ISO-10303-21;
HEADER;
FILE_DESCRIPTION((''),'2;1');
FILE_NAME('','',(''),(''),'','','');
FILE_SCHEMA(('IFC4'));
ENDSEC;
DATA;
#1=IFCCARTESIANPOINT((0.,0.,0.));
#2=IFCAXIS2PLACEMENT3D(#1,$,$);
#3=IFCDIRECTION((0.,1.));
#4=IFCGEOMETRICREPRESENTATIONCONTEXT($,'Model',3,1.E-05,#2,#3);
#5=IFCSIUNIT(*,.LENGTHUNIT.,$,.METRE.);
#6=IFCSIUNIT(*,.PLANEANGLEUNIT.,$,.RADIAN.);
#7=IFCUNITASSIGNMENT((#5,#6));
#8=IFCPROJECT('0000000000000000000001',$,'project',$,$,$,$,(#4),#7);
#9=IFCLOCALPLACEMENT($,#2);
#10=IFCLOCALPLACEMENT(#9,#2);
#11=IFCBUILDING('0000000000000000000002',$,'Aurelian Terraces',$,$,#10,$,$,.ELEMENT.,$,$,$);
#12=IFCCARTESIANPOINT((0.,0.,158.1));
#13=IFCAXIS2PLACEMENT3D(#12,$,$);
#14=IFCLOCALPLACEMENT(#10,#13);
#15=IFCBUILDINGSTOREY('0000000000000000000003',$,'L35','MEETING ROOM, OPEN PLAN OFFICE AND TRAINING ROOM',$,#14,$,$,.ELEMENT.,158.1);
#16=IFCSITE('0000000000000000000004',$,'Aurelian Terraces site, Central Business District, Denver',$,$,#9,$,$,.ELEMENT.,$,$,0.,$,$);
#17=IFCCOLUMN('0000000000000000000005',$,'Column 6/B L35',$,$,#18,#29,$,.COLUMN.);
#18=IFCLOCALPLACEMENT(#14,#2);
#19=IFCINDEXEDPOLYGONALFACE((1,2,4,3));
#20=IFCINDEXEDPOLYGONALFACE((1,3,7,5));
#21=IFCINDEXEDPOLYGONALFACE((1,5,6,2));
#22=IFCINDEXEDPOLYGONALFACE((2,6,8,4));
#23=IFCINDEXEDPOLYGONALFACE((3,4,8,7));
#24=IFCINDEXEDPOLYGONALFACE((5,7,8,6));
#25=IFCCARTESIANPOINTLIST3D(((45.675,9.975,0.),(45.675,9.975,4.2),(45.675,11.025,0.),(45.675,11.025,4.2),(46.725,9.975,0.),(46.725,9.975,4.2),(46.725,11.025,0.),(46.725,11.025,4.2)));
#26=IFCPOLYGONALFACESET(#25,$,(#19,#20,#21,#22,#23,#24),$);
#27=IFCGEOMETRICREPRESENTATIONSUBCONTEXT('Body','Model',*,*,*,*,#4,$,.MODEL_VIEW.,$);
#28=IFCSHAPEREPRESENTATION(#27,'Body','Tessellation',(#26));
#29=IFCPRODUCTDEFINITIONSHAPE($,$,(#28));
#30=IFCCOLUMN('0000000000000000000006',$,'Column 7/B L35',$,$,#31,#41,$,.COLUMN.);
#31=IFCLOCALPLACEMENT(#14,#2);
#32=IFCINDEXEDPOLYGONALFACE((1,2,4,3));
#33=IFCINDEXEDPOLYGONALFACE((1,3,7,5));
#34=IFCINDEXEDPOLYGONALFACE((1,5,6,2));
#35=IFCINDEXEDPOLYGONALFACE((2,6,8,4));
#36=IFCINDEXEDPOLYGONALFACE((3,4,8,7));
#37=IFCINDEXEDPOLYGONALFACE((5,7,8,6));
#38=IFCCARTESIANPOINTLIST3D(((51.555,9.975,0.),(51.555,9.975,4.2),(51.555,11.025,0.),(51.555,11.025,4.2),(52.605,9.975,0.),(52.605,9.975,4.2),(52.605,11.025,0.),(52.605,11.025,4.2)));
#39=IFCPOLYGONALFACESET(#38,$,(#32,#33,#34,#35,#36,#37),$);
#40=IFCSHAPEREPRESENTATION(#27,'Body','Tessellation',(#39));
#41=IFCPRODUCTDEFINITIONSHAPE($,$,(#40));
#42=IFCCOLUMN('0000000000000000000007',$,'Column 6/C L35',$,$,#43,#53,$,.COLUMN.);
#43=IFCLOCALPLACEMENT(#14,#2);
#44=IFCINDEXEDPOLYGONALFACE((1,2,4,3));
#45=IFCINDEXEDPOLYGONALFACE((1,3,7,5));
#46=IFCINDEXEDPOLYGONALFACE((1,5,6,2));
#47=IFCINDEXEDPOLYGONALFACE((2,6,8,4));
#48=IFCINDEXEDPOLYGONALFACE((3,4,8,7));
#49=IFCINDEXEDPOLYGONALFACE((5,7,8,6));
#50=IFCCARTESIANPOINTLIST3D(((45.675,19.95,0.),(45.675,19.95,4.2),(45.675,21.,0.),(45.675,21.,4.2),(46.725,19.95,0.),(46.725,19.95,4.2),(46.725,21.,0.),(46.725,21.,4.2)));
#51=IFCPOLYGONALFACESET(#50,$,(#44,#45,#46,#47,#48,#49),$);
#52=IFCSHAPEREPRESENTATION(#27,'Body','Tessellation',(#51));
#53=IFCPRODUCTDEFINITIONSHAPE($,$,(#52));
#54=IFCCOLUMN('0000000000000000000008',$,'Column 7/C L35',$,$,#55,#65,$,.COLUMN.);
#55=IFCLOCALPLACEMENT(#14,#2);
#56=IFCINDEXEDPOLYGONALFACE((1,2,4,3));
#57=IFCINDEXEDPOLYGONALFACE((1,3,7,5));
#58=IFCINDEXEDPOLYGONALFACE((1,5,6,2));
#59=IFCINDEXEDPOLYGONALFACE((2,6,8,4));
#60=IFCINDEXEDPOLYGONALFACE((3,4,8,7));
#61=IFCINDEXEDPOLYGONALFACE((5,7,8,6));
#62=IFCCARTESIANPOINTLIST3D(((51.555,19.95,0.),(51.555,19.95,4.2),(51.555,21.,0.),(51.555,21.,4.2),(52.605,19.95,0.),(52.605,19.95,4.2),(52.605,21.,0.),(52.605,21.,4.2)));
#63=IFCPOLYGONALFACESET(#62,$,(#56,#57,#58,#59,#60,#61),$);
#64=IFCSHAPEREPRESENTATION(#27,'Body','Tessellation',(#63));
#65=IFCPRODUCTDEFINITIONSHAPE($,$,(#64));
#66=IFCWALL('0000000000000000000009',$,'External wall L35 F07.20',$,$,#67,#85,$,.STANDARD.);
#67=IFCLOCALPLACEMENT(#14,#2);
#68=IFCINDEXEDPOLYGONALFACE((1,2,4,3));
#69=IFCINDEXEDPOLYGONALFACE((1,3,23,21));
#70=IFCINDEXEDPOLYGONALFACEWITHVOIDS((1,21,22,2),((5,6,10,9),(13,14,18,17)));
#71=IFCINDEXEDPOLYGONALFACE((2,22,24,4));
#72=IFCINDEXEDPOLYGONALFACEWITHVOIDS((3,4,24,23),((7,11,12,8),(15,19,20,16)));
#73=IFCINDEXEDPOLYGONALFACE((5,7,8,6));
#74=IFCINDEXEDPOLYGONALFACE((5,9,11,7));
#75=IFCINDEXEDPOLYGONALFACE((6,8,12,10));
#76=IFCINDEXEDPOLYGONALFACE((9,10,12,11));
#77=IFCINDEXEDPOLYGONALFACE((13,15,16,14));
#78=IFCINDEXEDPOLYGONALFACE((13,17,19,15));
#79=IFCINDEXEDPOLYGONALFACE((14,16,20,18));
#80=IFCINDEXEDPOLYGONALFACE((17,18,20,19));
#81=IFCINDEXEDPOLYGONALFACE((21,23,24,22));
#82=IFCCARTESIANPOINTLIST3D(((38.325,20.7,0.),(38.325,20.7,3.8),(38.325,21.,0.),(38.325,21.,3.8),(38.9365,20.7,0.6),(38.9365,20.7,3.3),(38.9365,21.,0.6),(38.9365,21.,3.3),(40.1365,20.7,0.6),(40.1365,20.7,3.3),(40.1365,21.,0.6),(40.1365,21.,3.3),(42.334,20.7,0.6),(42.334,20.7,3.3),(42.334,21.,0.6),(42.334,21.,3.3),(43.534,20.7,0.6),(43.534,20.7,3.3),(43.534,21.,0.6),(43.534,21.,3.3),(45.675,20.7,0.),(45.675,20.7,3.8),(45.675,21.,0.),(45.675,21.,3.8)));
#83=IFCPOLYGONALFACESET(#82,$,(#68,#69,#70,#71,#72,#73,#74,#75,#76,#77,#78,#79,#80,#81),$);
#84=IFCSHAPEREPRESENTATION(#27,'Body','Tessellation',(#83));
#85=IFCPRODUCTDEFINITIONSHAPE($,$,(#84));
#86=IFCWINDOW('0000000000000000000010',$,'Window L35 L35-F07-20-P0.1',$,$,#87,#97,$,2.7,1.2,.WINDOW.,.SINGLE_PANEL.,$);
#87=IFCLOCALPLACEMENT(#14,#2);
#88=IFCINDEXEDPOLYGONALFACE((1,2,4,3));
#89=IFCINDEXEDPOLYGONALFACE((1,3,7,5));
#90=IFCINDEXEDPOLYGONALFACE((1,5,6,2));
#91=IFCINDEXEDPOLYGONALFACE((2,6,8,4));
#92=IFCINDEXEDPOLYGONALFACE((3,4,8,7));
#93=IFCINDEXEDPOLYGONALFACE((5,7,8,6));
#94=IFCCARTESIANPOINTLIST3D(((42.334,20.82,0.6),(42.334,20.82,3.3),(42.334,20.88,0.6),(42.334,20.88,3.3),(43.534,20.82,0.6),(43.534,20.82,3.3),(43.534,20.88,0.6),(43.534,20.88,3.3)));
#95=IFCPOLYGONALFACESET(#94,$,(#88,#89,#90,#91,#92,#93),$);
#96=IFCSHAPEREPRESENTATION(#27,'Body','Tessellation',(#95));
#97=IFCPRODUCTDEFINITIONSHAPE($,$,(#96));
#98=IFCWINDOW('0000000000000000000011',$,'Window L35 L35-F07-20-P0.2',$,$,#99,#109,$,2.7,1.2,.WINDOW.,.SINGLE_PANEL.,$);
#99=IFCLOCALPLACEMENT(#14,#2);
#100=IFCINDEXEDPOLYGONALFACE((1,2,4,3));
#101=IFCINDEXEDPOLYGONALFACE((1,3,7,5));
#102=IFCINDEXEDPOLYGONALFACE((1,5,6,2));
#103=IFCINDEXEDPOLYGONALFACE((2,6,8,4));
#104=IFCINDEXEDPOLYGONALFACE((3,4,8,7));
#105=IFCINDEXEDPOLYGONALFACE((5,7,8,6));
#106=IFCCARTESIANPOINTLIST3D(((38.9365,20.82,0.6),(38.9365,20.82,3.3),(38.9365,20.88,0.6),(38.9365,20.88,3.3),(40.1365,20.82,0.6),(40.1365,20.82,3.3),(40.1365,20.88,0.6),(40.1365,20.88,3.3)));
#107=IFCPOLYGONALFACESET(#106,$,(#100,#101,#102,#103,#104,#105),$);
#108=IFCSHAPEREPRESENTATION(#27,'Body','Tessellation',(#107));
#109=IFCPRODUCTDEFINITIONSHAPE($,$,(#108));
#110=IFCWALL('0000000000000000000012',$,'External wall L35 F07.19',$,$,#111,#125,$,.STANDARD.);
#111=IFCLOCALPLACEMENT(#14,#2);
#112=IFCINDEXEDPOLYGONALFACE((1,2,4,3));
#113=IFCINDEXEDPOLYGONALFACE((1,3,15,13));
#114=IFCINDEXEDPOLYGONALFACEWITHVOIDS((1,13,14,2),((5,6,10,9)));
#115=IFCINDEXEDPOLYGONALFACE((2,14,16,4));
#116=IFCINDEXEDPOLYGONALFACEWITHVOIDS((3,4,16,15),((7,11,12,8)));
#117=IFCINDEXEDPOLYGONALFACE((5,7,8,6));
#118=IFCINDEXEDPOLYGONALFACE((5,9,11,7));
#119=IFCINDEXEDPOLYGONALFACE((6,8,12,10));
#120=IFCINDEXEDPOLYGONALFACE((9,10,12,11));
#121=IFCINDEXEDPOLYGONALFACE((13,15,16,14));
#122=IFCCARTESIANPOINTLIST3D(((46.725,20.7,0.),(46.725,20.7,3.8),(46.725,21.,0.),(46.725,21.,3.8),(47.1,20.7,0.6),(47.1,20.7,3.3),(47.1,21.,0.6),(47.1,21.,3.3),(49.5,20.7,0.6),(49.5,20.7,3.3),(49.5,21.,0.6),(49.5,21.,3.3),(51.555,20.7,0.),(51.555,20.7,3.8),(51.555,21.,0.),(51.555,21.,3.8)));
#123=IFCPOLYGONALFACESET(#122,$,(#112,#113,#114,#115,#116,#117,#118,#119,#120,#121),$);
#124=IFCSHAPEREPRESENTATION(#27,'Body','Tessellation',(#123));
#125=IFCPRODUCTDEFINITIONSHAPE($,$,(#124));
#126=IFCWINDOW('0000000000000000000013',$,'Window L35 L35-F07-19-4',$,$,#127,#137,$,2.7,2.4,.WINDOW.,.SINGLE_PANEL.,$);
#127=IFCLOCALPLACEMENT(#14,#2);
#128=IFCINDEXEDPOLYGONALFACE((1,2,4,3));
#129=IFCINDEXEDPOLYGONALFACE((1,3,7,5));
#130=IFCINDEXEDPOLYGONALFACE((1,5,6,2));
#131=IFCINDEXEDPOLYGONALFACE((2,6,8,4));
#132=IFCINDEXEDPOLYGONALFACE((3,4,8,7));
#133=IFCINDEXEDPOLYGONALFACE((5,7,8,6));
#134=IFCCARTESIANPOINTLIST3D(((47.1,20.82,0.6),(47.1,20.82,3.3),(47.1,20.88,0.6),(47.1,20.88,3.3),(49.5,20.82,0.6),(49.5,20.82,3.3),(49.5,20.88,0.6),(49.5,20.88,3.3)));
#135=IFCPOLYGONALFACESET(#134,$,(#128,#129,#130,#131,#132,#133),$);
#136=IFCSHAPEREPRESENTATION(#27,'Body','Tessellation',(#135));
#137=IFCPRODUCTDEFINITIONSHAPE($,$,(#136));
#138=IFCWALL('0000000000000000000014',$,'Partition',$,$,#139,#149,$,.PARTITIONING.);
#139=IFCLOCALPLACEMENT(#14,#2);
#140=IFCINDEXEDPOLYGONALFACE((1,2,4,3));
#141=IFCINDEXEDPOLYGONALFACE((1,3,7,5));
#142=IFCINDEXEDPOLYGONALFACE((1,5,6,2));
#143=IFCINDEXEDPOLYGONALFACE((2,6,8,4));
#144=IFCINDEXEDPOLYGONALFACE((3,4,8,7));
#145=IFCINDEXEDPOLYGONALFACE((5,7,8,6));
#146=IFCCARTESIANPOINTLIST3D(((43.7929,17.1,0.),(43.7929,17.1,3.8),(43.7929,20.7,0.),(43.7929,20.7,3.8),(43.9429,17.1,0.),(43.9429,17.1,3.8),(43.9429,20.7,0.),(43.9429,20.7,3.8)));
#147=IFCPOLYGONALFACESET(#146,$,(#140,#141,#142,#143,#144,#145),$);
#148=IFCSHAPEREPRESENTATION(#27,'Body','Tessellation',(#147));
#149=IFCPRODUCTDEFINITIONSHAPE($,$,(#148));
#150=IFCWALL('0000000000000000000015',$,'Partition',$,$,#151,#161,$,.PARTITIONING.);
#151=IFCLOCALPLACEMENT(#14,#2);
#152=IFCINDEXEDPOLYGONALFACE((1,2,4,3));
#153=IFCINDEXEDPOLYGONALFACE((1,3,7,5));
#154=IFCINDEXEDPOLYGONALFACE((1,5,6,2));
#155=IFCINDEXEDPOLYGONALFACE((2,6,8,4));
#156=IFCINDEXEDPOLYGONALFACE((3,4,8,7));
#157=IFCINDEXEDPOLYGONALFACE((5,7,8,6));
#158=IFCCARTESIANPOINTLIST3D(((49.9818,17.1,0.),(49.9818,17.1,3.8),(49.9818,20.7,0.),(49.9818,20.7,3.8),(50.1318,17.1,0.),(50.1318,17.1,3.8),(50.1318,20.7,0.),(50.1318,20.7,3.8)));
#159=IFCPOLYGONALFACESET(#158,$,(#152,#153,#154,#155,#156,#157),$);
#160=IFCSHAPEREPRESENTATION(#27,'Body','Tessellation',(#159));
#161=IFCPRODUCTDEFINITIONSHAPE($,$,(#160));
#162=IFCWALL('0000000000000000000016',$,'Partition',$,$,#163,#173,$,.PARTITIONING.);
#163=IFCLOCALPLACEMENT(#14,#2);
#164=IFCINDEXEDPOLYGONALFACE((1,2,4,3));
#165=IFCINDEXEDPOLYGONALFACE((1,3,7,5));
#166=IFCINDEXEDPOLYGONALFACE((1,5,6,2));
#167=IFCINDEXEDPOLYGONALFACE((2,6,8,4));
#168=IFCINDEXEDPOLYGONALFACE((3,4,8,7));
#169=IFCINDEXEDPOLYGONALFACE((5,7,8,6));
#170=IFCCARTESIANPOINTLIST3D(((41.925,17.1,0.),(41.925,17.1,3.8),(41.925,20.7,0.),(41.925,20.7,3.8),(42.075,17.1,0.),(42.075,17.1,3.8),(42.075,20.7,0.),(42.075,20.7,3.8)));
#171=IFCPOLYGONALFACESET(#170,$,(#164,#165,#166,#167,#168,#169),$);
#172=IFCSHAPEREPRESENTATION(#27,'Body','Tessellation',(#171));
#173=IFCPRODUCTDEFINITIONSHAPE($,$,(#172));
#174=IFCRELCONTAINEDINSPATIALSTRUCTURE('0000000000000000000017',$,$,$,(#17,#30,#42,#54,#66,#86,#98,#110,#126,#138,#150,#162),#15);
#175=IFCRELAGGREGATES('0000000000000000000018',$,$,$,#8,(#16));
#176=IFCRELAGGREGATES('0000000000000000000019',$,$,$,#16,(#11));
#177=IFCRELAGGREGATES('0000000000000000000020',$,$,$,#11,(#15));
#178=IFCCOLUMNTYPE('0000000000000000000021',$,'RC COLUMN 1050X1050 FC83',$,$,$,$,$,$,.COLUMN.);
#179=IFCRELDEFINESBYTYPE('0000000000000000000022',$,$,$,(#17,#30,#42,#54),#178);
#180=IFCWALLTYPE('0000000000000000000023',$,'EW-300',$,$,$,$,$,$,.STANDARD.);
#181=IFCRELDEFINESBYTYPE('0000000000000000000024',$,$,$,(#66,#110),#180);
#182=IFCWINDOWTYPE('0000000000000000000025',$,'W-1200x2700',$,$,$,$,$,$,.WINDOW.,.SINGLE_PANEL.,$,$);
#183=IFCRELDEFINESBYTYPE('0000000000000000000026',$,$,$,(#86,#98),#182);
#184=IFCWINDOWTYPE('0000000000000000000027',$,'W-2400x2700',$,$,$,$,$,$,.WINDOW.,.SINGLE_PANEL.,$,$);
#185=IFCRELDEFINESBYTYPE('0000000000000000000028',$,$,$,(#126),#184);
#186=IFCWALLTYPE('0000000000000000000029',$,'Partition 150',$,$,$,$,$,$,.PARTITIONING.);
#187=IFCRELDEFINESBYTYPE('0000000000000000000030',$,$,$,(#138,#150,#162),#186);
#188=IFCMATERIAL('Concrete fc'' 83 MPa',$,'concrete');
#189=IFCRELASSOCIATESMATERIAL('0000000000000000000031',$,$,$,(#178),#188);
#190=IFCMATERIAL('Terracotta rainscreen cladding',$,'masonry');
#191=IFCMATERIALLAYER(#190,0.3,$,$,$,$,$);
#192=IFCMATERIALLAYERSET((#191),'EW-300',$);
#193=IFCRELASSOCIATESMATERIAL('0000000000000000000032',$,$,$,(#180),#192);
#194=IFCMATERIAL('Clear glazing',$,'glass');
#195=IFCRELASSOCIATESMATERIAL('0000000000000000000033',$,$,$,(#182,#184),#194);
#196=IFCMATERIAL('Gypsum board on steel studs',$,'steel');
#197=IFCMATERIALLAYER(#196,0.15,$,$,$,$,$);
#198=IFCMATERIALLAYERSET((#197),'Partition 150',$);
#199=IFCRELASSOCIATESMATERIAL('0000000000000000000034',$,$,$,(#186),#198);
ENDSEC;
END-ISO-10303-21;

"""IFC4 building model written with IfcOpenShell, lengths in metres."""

from ifc_helpers import new_model, si_unit, direction, frame, frame_2d, origin, origin_2d, place, context, subcontext, project, spatial, rectangle, extrude, source, transform, mapped, material, layer, layer_set, material_profile, profile_set, type_object, element, fill, save


model = new_model("IFC4")

# Units and contexts
model_context = context("Model", 3, precision=1e-05, world=origin(), true_north=direction((0.0, 1.0)))
body_context = subcontext(model_context, "Body", "Model", "MODEL_VIEW")
ifc_project = project(units=[si_unit("LENGTHUNIT", "METRE"), si_unit("PLANEANGLEUNIT", "RADIAN")], contexts=[model_context])

# Site, building, storey
site_placement = place(None, origin())
site = spatial("IfcSite", under=ifc_project, at=site_placement, Name="Aurelian Terraces site, Central Business District, Denver", CompositionType="ELEMENT", RefElevation=0.0)
building_placement = place(site_placement, origin())
building = spatial("IfcBuilding", under=site, at=building_placement, Name="Aurelian Terraces", CompositionType="ELEMENT")
storey_placement = place(building_placement, frame((0.0, 0.0, 158.1)))
storey = spatial("IfcBuildingStorey", under=building, at=storey_placement, Name="L35", Description="MEETING ROOM, OPEN PLAN OFFICE AND TRAINING ROOM", CompositionType="ELEMENT", Elevation=158.1)

# Columns
ifc_material_1 = material(Name="Concrete fc' 83 MPa", Category="concrete")
ifc_material_profile = material_profile(ifc_material_1, rectangle(XDim=1.05, YDim=1.05, at=origin_2d()))
ifc_profile_set = profile_set([ifc_material_profile], Name="Concrete fc' 83 MPa")
column_type = type_object("IfcColumnType", Name="RC COLUMN 1050X1050 FC83", PredefinedType="COLUMN", material=ifc_profile_set)
shared_shape_1 = source(origin(), body_context, "Body", "SweptSolid", [
    extrude(rectangle(XDim=1.05, YDim=1.05, at=origin_2d()), origin(), (0.0, 0.0, 1.0), 4.2),
])
for number, where, z_axis, x_axis, name in (
    (1, (46.2, 10.5, 0.0), (0.0, 0.0, 1.0), (1.0, 0.0, 0.0), "Column 6/B L35"),
    (2, (52.08, 10.5, 0.0), (0.0, 0.0, 1.0), (1.0, 0.0, 0.0), "Column 7/B L35"),
    (3, (46.2, 20.475, 0.0), (0.0, 0.0, 1.0), (1.0, 0.0, 0.0), "Column 6/C L35"),
    (4, (52.08, 20.475, 0.0), (0.0, 0.0, 1.0), (1.0, 0.0, 0.0), "Column 7/C L35"),
):
    element("IfcColumn", number, at=place(storey_placement, frame(where, z_axis=z_axis, x_axis=x_axis)), inside=storey, type_object=column_type, Name=name, PredefinedType="COLUMN", context=body_context, shape_type="MappedRepresentation", body=[
        mapped(shared_shape_1, transform((0.0, 0.0, 0.0), scale=1.0)),
    ])

# Wall, openings, windows
ifc_material_2 = material(Name="Terracotta rainscreen cladding", Category="masonry")
ifc_layer_1 = layer(ifc_material_2, 0.3)
ifc_layer_set_1 = layer_set([ifc_layer_1], Name="EW-300")
wall_type_1 = type_object("IfcWallType", Name="EW-300", PredefinedType="STANDARD", material=ifc_layer_set_1)
shared_shape_2 = source(origin(), body_context, "Body", "SweptSolid", [
    extrude(rectangle(XDim=7.35, YDim=0.3, at=frame_2d((3.675, 0.0))), origin(), (0.0, 0.0, 1.0), 3.8),
])
wall_1_placement = place(storey_placement, frame((45.675, 20.85, 0.0), z_axis=(0.0, 0.0, 1.0), x_axis=(-1.0, 0.0, 0.0)))
wall_1 = element("IfcWall", 5, at=wall_1_placement, inside=storey, type_object=wall_type_1, Name="External wall L35 F07.20", PredefinedType="STANDARD", context=body_context, shape_type="MappedRepresentation", body=[
    mapped(shared_shape_2, transform((0.0, 0.0, 0.0), scale=1.0)),
])
shared_shape_3 = source(origin(), body_context, "Body", "SweptSolid", [
    extrude(rectangle(XDim=1.2, YDim=2.7, at=frame_2d((0.6, 1.35))), frame((0.0, 0.16, 0.0), z_axis=(0.0, -1.0, 0.0), x_axis=(1.0, 0.0, 0.0)), (0.0, 0.0, 1.0), 0.32),
])
opening_1_placement = place(wall_1_placement, frame((2.141, 0.0, 0.6)))
opening_1 = element("IfcOpeningElement", 6, at=opening_1_placement, cuts=wall_1, PredefinedType="OPENING", context=body_context, shape_type="MappedRepresentation", body=[
    mapped(shared_shape_3, transform((0.0, 0.0, 0.0), scale=1.0)),
])
opening_2_placement = place(wall_1_placement, frame((5.5385, 0.0, 0.6)))
opening_2 = element("IfcOpeningElement", 7, at=opening_2_placement, cuts=wall_1, PredefinedType="OPENING", context=body_context, shape_type="MappedRepresentation", body=[
    mapped(shared_shape_3, transform((0.0, 0.0, 0.0), scale=1.0)),
])
ifc_material_3 = material(Name="Clear glazing", Category="glass")
window_type_1 = type_object("IfcWindowType", Name="W-1200x2700", PartitioningType="SINGLE_PANEL", PredefinedType="WINDOW", material=ifc_material_3)
shared_shape_4 = source(origin(), body_context, "Body", "SweptSolid", [
    extrude(rectangle(XDim=1.2, YDim=2.7, at=frame_2d((0.6, 1.35))), frame((0.0, 0.03, 0.0), z_axis=(0.0, -1.0, 0.0), x_axis=(1.0, 0.0, 0.0)), (0.0, 0.0, 1.0), 0.06),
])
window_1_placement = place(opening_1_placement, origin())
window_1 = element("IfcWindow", 8, at=window_1_placement, inside=storey, type_object=window_type_1, Name="Window L35 L35-F07-20-P0.1", OverallHeight=2.7, OverallWidth=1.2, PartitioningType="SINGLE_PANEL", PredefinedType="WINDOW", context=body_context, shape_type="MappedRepresentation", body=[
    mapped(shared_shape_4, transform((0.0, 0.0, 0.0), scale=1.0)),
])
fill(opening_1, window_1)
window_2_placement = place(opening_2_placement, origin())
window_2 = element("IfcWindow", 9, at=window_2_placement, inside=storey, type_object=window_type_1, Name="Window L35 L35-F07-20-P0.2", OverallHeight=2.7, OverallWidth=1.2, PartitioningType="SINGLE_PANEL", PredefinedType="WINDOW", context=body_context, shape_type="MappedRepresentation", body=[
    mapped(shared_shape_4, transform((0.0, 0.0, 0.0), scale=1.0)),
])
fill(opening_2, window_2)

# Wall, opening, window
shared_shape_5 = source(origin(), body_context, "Body", "SweptSolid", [
    extrude(rectangle(XDim=4.83, YDim=0.3, at=frame_2d((2.415, 0.0))), origin(), (0.0, 0.0, 1.0), 3.8),
])
wall_2_placement = place(storey_placement, frame((51.555, 20.85, 0.0), z_axis=(0.0, 0.0, 1.0), x_axis=(-1.0, 0.0, 0.0)))
wall_2 = element("IfcWall", 10, at=wall_2_placement, inside=storey, type_object=wall_type_1, Name="External wall L35 F07.19", PredefinedType="STANDARD", context=body_context, shape_type="MappedRepresentation", body=[
    mapped(shared_shape_5, transform((0.0, 0.0, 0.0), scale=1.0)),
])
shared_shape_6 = source(origin(), body_context, "Body", "SweptSolid", [
    extrude(rectangle(XDim=2.4, YDim=2.7, at=frame_2d((1.2, 1.35))), frame((0.0, 0.16, 0.0), z_axis=(0.0, -1.0, 0.0), x_axis=(1.0, 0.0, 0.0)), (0.0, 0.0, 1.0), 0.32),
])
opening_3_placement = place(wall_2_placement, frame((2.055, 0.0, 0.6)))
opening_3 = element("IfcOpeningElement", 11, at=opening_3_placement, cuts=wall_2, PredefinedType="OPENING", context=body_context, shape_type="MappedRepresentation", body=[
    mapped(shared_shape_6, transform((0.0, 0.0, 0.0), scale=1.0)),
])
window_type_2 = type_object("IfcWindowType", Name="W-2400x2700", PartitioningType="SINGLE_PANEL", PredefinedType="WINDOW", material=ifc_material_3)
shared_shape_7 = source(origin(), body_context, "Body", "SweptSolid", [
    extrude(rectangle(XDim=2.4, YDim=2.7, at=frame_2d((1.2, 1.35))), frame((0.0, 0.03, 0.0), z_axis=(0.0, -1.0, 0.0), x_axis=(1.0, 0.0, 0.0)), (0.0, 0.0, 1.0), 0.06),
])
window_3_placement = place(opening_3_placement, origin())
window_3 = element("IfcWindow", 12, at=window_3_placement, inside=storey, type_object=window_type_2, Name="Window L35 L35-F07-19-4", OverallHeight=2.7, OverallWidth=2.4, PartitioningType="SINGLE_PANEL", PredefinedType="WINDOW", context=body_context, shape_type="MappedRepresentation", body=[
    mapped(shared_shape_7, transform((0.0, 0.0, 0.0), scale=1.0)),
])
fill(opening_3, window_3)

# Walls
ifc_material_4 = material(Name="Gypsum board on steel studs", Category="steel")
ifc_layer_2 = layer(ifc_material_4, 0.15)
ifc_layer_set_2 = layer_set([ifc_layer_2], Name="Partition 150")
wall_type_2 = type_object("IfcWallType", Name="Partition 150", PredefinedType="PARTITIONING", material=ifc_layer_set_2)
shared_shape_8 = source(origin(), body_context, "Body", "SweptSolid", [
    extrude(rectangle(XDim=3.6, YDim=0.15, at=frame_2d((1.8, 0.0))), origin(), (0.0, 0.0, 1.0), 3.8),
])
for number, where, z_axis, x_axis, name in (
    (13, (43.8679, 20.7, 0.0), (0.0, 0.0, 1.0), (0.0, -1.0, 0.0), "Partition"),
    (14, (50.0568, 20.7, 0.0), (0.0, 0.0, 1.0), (0.0, -1.0, 0.0), "Partition"),
    (15, (42.0, 17.1, 0.0), (0.0, 0.0, 1.0), (0.0, 1.0, 0.0), "Partition"),
):
    element("IfcWall", number, at=place(storey_placement, frame(where, z_axis=z_axis, x_axis=x_axis)), inside=storey, type_object=wall_type_2, Name=name, PredefinedType="PARTITIONING", context=body_context, shape_type="MappedRepresentation", body=[
        mapped(shared_shape_8, transform((0.0, 0.0, 0.0), scale=1.0)),
    ])

save(model, "model.ifc")
